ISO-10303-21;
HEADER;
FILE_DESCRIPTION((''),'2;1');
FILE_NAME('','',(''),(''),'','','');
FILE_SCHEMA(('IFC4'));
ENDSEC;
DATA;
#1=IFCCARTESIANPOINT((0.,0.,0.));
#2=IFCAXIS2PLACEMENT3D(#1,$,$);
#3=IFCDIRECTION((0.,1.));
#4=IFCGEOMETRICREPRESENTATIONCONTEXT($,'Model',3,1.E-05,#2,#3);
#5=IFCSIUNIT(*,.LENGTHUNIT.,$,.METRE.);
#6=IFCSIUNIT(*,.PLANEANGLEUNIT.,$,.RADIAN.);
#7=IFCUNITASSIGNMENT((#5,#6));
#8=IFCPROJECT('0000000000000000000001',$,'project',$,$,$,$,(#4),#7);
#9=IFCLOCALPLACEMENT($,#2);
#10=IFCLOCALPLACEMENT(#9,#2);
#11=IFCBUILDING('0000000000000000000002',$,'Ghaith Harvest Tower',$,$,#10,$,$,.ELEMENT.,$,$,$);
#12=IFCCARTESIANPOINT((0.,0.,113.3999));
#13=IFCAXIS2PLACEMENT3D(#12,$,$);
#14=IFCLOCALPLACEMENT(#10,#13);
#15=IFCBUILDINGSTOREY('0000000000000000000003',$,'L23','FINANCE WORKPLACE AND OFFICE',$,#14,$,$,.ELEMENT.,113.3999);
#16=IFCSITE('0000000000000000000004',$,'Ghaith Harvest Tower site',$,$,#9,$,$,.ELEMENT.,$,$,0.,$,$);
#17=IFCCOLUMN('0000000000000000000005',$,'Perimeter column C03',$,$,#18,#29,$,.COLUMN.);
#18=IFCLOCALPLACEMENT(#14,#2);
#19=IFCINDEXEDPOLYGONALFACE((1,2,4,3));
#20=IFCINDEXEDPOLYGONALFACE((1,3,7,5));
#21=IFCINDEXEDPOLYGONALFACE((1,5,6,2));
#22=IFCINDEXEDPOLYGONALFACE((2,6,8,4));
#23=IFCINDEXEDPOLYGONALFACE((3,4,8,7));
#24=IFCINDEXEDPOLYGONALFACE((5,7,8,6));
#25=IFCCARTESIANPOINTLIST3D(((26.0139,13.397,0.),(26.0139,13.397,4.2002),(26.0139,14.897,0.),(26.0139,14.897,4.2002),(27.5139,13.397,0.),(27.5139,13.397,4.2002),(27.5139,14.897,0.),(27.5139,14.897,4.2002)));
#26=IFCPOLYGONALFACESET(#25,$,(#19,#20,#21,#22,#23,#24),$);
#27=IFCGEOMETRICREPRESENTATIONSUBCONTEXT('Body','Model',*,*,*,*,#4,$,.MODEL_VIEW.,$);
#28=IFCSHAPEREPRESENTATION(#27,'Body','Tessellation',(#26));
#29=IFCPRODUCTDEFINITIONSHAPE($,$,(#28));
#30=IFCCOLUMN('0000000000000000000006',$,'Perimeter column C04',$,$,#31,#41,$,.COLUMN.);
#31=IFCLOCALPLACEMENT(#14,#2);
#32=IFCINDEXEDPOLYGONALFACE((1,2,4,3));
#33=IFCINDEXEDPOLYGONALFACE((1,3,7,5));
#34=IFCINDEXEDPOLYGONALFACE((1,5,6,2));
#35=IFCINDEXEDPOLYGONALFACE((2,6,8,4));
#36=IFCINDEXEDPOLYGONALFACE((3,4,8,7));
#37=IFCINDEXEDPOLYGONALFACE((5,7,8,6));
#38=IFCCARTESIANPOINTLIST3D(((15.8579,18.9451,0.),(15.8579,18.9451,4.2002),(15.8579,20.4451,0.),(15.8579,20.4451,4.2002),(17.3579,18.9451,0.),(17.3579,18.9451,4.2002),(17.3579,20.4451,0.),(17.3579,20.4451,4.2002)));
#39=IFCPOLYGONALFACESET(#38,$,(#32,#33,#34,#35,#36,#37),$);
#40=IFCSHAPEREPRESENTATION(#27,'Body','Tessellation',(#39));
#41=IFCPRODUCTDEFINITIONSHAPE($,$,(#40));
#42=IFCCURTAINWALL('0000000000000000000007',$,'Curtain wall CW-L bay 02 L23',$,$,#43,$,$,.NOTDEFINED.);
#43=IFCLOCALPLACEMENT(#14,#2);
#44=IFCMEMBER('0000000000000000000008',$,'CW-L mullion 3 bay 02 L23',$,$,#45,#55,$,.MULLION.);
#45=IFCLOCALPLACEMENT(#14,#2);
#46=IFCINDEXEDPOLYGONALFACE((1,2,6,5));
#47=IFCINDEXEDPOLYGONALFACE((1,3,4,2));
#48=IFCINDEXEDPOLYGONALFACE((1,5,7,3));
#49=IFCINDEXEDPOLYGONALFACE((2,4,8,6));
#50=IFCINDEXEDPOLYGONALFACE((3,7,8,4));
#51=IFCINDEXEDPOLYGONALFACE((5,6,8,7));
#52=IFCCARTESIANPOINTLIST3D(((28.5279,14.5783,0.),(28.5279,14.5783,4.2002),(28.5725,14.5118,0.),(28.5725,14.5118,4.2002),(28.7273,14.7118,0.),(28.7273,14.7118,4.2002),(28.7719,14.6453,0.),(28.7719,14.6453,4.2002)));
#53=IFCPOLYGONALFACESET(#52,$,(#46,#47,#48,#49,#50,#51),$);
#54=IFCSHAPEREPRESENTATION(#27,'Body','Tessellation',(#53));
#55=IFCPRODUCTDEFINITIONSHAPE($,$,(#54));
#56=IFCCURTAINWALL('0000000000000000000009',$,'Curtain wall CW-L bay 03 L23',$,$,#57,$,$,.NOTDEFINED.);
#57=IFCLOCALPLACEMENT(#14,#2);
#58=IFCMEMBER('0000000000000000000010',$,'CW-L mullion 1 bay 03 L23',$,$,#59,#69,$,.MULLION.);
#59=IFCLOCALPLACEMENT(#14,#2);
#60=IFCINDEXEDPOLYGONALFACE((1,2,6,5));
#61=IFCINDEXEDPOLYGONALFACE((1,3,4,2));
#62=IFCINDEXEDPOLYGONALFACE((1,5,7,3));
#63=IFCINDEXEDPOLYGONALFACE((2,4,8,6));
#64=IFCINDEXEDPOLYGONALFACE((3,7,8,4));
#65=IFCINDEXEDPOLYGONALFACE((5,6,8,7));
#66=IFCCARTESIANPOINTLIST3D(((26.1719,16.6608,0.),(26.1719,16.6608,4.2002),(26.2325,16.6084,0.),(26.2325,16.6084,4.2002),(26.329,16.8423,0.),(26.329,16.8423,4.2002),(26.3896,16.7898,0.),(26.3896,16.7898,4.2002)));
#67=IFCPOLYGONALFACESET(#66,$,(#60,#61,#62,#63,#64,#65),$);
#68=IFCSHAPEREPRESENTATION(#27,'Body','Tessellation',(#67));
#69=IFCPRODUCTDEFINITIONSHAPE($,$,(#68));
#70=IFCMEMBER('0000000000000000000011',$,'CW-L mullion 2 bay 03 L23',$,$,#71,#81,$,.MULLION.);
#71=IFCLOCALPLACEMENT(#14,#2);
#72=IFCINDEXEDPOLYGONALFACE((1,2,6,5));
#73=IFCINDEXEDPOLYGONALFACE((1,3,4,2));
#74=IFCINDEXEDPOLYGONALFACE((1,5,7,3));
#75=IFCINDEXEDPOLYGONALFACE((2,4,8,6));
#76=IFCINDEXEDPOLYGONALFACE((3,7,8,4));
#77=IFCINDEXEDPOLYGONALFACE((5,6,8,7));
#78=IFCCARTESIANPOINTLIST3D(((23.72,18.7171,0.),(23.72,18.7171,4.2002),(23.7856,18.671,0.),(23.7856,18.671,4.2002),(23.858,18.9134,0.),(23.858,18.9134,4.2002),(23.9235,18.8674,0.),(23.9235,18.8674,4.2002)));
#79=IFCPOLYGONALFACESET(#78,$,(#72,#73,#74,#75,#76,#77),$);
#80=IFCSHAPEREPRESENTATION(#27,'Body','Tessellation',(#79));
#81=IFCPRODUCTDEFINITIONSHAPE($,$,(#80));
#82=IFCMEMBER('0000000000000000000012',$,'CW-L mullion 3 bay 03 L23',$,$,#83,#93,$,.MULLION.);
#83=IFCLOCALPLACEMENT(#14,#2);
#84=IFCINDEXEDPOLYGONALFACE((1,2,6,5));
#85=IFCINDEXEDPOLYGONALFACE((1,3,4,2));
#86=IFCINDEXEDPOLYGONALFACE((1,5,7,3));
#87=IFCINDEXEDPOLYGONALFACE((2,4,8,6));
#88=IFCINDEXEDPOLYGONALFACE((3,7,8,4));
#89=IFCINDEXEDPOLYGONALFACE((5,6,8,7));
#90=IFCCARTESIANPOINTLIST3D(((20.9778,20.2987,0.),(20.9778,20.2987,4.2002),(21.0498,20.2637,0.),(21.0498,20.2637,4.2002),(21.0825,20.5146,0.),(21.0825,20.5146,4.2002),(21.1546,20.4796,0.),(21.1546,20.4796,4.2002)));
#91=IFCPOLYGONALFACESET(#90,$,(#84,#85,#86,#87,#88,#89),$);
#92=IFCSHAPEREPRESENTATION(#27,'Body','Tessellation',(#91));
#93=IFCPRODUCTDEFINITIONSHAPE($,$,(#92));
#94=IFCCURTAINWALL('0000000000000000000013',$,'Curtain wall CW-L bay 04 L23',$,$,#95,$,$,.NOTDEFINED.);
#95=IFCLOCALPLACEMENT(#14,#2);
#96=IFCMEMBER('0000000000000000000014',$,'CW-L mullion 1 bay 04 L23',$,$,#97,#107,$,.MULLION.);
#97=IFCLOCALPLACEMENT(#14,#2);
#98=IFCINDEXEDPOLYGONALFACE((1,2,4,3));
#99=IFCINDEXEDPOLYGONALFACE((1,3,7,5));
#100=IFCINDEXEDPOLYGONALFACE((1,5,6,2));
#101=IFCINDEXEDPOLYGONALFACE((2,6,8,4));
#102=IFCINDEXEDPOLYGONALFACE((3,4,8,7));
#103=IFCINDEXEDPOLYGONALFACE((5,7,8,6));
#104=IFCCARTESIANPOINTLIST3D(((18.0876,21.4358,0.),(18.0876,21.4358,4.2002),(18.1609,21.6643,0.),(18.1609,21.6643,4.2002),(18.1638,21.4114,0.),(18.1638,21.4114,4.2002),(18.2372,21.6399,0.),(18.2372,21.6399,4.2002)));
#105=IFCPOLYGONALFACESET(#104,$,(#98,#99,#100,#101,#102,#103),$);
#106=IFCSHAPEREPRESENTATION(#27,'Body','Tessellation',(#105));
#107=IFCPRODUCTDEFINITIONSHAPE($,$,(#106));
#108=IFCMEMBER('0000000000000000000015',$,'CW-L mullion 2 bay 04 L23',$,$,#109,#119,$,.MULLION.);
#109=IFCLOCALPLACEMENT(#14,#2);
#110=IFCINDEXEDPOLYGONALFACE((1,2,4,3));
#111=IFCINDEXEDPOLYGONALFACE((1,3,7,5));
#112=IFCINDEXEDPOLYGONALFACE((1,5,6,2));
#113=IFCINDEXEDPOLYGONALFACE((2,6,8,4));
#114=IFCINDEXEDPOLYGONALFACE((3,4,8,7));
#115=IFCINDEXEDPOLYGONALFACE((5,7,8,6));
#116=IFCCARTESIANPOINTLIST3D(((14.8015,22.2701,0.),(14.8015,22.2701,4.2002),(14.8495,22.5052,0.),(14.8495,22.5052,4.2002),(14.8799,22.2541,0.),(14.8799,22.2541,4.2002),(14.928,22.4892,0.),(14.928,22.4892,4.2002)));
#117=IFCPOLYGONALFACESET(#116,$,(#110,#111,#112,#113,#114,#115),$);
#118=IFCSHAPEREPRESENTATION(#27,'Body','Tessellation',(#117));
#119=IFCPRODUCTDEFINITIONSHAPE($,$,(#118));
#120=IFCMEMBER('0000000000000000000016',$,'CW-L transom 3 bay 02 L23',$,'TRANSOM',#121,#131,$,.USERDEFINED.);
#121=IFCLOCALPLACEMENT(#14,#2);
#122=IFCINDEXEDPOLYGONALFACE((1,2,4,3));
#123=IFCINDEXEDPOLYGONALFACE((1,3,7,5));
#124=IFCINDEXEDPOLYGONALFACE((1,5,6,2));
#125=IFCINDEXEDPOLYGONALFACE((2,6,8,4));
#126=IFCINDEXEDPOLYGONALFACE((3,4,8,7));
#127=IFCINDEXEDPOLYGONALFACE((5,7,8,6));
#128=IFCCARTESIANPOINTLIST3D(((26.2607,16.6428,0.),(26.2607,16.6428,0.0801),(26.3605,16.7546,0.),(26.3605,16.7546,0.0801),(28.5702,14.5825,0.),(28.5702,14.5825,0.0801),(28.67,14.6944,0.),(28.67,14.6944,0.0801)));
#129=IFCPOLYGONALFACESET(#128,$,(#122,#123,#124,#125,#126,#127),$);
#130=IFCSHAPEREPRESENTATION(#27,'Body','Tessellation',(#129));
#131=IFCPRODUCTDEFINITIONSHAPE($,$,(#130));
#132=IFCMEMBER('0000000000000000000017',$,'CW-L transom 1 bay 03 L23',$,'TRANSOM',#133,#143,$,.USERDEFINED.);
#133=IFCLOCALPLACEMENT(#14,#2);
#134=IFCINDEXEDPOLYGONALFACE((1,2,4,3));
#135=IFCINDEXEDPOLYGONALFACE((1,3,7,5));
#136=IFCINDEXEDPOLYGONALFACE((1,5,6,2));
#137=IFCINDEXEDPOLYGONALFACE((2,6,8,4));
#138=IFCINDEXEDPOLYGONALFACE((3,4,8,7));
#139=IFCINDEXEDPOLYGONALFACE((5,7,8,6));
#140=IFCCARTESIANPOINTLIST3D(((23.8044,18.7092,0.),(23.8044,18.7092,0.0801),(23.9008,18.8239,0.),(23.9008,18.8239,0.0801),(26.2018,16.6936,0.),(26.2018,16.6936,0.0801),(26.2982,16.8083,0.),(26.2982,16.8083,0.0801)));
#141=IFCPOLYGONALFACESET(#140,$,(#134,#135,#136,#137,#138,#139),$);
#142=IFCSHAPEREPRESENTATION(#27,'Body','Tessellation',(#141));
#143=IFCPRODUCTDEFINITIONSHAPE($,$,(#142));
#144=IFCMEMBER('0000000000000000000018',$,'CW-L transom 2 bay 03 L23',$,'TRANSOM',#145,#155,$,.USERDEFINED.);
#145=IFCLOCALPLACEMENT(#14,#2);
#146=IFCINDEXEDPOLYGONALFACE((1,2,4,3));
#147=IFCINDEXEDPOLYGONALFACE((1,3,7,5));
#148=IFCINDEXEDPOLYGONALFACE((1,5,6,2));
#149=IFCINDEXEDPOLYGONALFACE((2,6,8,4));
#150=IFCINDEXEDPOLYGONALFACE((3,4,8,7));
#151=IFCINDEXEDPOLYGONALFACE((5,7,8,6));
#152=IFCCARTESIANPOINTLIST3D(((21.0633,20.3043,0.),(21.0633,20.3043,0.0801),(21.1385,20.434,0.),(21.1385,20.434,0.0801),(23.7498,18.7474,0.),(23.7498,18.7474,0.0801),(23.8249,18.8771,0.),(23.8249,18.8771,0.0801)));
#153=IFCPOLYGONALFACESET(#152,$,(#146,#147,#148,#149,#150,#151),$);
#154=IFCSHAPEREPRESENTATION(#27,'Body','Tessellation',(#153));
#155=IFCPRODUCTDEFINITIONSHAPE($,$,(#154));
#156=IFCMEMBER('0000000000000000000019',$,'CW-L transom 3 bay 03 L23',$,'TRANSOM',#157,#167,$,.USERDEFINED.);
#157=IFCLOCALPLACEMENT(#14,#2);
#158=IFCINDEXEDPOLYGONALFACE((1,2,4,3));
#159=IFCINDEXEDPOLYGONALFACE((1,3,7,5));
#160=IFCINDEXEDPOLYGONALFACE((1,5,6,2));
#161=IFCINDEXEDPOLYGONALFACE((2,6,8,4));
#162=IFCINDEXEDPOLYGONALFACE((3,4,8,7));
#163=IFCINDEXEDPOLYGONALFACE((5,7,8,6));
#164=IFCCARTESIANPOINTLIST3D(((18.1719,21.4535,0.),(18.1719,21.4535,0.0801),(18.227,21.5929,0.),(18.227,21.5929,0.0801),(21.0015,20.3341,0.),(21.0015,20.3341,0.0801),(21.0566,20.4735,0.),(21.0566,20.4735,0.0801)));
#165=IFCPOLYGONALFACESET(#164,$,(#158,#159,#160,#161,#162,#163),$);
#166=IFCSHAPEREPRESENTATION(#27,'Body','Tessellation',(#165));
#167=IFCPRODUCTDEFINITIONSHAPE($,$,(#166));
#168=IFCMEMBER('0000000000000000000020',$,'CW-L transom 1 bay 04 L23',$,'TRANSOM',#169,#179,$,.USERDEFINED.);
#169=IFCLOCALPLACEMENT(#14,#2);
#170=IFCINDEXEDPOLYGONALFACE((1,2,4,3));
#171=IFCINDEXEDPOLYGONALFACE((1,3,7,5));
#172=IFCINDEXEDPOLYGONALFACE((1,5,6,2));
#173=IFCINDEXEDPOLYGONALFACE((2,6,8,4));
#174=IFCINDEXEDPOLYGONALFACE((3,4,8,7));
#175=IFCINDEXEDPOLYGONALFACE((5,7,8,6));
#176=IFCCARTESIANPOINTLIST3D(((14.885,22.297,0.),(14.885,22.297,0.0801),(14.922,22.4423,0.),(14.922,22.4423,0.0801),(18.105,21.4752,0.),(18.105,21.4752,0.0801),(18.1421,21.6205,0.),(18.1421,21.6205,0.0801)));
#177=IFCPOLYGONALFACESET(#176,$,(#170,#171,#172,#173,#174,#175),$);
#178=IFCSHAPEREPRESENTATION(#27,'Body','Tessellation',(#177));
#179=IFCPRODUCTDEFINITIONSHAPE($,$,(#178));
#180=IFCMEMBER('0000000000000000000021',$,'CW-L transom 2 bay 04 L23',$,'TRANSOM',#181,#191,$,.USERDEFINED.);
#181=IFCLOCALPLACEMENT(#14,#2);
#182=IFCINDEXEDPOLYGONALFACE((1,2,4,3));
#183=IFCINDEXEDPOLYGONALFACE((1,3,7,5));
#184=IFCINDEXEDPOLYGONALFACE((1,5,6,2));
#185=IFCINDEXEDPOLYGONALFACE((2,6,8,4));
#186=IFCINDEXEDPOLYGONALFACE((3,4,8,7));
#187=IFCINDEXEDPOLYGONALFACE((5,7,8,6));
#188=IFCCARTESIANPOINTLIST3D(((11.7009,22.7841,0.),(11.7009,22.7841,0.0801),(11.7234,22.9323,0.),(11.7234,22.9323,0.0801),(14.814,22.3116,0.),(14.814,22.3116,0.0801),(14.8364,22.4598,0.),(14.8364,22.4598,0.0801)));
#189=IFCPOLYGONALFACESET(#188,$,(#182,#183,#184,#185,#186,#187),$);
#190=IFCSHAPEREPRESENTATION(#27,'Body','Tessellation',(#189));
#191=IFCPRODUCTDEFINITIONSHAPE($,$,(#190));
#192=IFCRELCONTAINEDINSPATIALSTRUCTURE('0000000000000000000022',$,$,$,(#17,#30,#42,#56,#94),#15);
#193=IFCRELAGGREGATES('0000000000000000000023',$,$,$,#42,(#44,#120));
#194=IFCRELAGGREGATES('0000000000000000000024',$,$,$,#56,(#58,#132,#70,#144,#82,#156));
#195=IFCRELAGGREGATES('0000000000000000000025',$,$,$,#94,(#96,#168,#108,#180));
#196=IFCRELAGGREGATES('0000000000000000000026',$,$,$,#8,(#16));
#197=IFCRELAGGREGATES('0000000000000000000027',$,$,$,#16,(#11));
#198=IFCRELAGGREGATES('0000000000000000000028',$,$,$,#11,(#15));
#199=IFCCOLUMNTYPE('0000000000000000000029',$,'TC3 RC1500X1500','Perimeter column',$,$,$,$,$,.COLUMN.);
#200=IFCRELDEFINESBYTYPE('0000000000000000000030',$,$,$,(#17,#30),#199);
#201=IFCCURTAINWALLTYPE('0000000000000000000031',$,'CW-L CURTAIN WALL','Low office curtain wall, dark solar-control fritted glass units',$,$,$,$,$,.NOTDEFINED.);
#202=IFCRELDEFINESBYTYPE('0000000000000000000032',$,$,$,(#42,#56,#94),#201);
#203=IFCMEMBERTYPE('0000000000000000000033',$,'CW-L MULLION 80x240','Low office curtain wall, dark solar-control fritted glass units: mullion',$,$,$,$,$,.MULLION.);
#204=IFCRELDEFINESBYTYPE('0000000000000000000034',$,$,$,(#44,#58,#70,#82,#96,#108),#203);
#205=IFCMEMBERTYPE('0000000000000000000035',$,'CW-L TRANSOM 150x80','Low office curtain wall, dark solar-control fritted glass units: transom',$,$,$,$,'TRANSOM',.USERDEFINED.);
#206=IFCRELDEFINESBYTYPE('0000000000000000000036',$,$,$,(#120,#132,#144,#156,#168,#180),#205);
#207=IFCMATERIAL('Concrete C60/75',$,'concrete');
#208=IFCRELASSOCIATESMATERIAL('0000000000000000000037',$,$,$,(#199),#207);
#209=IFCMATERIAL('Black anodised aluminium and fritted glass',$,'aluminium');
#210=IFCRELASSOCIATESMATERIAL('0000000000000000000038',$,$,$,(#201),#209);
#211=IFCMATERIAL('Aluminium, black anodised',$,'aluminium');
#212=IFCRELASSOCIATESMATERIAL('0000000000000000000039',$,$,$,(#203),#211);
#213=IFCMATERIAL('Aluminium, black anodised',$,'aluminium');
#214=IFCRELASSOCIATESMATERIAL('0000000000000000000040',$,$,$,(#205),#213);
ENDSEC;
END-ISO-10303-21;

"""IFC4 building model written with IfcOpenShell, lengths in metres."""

from ifc_helpers import new_model, si_unit, direction, frame, origin, origin_2d, place, context, subcontext, project, spatial, rectangle, extrude, material, material_profile, profile_set, type_object, element, aggregate, save


model = new_model("IFC4")

# Units and contexts
model_context = context("Model", 3, precision=1e-05, world=origin(), true_north=direction((0.0, 1.0)))
body_context = subcontext(model_context, "Body", "Model", "MODEL_VIEW")
ifc_project = project(units=[si_unit("LENGTHUNIT", "METRE"), si_unit("PLANEANGLEUNIT", "RADIAN")], contexts=[model_context])

# Site, building, storey
site_placement = place(None, origin())
site = spatial("IfcSite", under=ifc_project, at=site_placement, Name="Ghaith Harvest Tower site", CompositionType="ELEMENT", RefElevation=0.0)
building_placement = place(site_placement, origin())
building = spatial("IfcBuilding", under=site, at=building_placement, Name="Ghaith Harvest Tower", CompositionType="ELEMENT")
storey_placement = place(building_placement, frame((0.0, 0.0, 113.3999)))
storey = spatial("IfcBuildingStorey", under=building, at=storey_placement, Name="L23", Description="FINANCE WORKPLACE AND OFFICE", CompositionType="ELEMENT", Elevation=113.3999)

# Columns
ifc_material_1 = material(Name="Concrete C60/75", Category="concrete")
ifc_material_profile_1 = material_profile(ifc_material_1, rectangle(XDim=1.5, YDim=1.5, at=origin_2d()), Name="RC1500X1500")
ifc_profile_set_1 = profile_set([ifc_material_profile_1], Name="Concrete C60/75")
column_type = type_object("IfcColumnType", Name="TC3 RC1500X1500", Description="Perimeter column", PredefinedType="COLUMN", material=ifc_profile_set_1)
for number, where, z_axis, x_axis, name in (
    (1, (26.7639, 14.147, 0.0), (0.0, 0.0, 1.0), (1.0, 0.0, 0.0), "Perimeter column C03"),
    (2, (16.6079, 19.6951, 0.0), (0.0, 0.0, 1.0), (1.0, 0.0, 0.0), "Perimeter column C04"),
):
    element("IfcColumn", number, at=place(storey_placement, frame(where, z_axis=z_axis, x_axis=x_axis)), inside=storey, type_object=column_type, Name=name, PredefinedType="COLUMN", context=body_context, shape_type="SweptSolid", body=[
        extrude(rectangle(XDim=1.5, YDim=1.5, at=origin_2d()), origin(), (0.0, 0.0, 1.0), 4.2002),
    ])

# Curtain wall, member
ifc_material_2 = material(Name="Black anodised aluminium and fritted glass", Category="aluminium")
curtain_wall_type = type_object("IfcCurtainWallType", Name="CW-L CURTAIN WALL", Description="Low office curtain wall, dark solar-control fritted glass units", PredefinedType="NOTDEFINED", material=ifc_material_2)
curtain_wall_1_placement = place(storey_placement, origin())
curtain_wall_1 = element("IfcCurtainWall", 3, at=curtain_wall_1_placement, inside=storey, type_object=curtain_wall_type, Name="Curtain wall CW-L bay 02 L23", PredefinedType="NOTDEFINED")
ifc_material_3 = material(Name="Aluminium, black anodised", Category="aluminium")
ifc_material_profile_2 = material_profile(ifc_material_3, rectangle(XDim=0.0801, YDim=0.24, at=origin_2d()), Name="CW-L MULLION 80x240")
ifc_profile_set_2 = profile_set([ifc_material_profile_2], Name="Aluminium, black anodised")
member_type_1 = type_object("IfcMemberType", Name="CW-L MULLION 80x240", Description="Low office curtain wall, dark solar-control fritted glass units: mullion", PredefinedType="MULLION", material=ifc_profile_set_2)
member_1_placement = place(storey_placement, frame((28.6499, 14.6118, 0.0), z_axis=(0.0, 0.0, 1.0), x_axis=(-0.556324, 0.830965, 0.0)))
member_1 = element("IfcMember", 4, at=member_1_placement, type_object=member_type_1, Name="CW-L mullion 3 bay 02 L23", PredefinedType="MULLION", context=body_context, shape_type="SweptSolid", body=[
    extrude(rectangle(XDim=0.0801, YDim=0.24, at=origin_2d()), origin(), (0.0, 0.0, 1.0), 4.2002),
])

# Curtain walls, members
curtain_wall_2_placement = place(storey_placement, origin())
curtain_wall_2 = element("IfcCurtainWall", 5, at=curtain_wall_2_placement, inside=storey, type_object=curtain_wall_type, Name="Curtain wall CW-L bay 03 L23", PredefinedType="NOTDEFINED")
member_2_placement = place(storey_placement, frame((26.2808, 16.7253, 0.0), z_axis=(0.0, 0.0, 1.0), x_axis=(-0.755999, 0.654572, 0.0)))
member_2 = element("IfcMember", 6, at=member_2_placement, type_object=member_type_1, Name="CW-L mullion 1 bay 03 L23", PredefinedType="MULLION", context=body_context, shape_type="SweptSolid", body=[
    extrude(rectangle(XDim=0.0801, YDim=0.24, at=origin_2d()), origin(), (0.0, 0.0, 1.0), 4.2002),
])
member_3_placement = place(storey_placement, frame((23.8218, 18.7922, 0.0), z_axis=(0.0, 0.0, 1.0), x_axis=(-0.818229, 0.574893, 0.0)))
member_3 = element("IfcMember", 7, at=member_3_placement, type_object=member_type_1, Name="CW-L mullion 2 bay 03 L23", PredefinedType="MULLION", context=body_context, shape_type="SweptSolid", body=[
    extrude(rectangle(XDim=0.0801, YDim=0.24, at=origin_2d()), origin(), (0.0, 0.0, 1.0), 4.2002),
])
member_4_placement = place(storey_placement, frame((21.0662, 20.3892, 0.0), z_axis=(0.0, 0.0, 1.0), x_axis=(-0.899713, 0.436481, 0.0)))
member_4 = element("IfcMember", 8, at=member_4_placement, type_object=member_type_1, Name="CW-L mullion 3 bay 03 L23", PredefinedType="MULLION", context=body_context, shape_type="SweptSolid", body=[
    extrude(rectangle(XDim=0.0801, YDim=0.24, at=origin_2d()), origin(), (0.0, 0.0, 1.0), 4.2002),
])
curtain_wall_3_placement = place(storey_placement, origin())
curtain_wall_3 = element("IfcCurtainWall", 9, at=curtain_wall_3_placement, inside=storey, type_object=curtain_wall_type, Name="Curtain wall CW-L bay 04 L23", PredefinedType="NOTDEFINED")
member_5_placement = place(storey_placement, frame((18.1624, 21.5378, 0.0), z_axis=(0.0, 0.0, 1.0), x_axis=(-0.952152, 0.305624, 0.0)))
member_5 = element("IfcMember", 10, at=member_5_placement, type_object=member_type_1, Name="CW-L mullion 1 bay 04 L23", PredefinedType="MULLION", context=body_context, shape_type="SweptSolid", body=[
    extrude(rectangle(XDim=0.0801, YDim=0.24, at=origin_2d()), origin(), (0.0, 0.0, 1.0), 4.2002),
])
member_6_placement = place(storey_placement, frame((14.8647, 22.3796, 0.0), z_axis=(0.0, 0.0, 1.0), x_axis=(-0.979752, 0.200215, 0.0)))
member_6 = element("IfcMember", 11, at=member_6_placement, type_object=member_type_1, Name="CW-L mullion 2 bay 04 L23", PredefinedType="MULLION", context=body_context, shape_type="SweptSolid", body=[
    extrude(rectangle(XDim=0.0801, YDim=0.24, at=origin_2d()), origin(), (0.0, 0.0, 1.0), 4.2002),
])

# Members
ifc_material_4 = material(Name="Aluminium, black anodised", Category="aluminium")
ifc_material_profile_3 = material_profile(ifc_material_4, rectangle(XDim=0.1499, YDim=0.0801, at=origin_2d()), Name="CW-L TRANSOM 150x80")
ifc_profile_set_3 = profile_set([ifc_material_profile_3], Name="Aluminium, black anodised")
member_type_2 = type_object("IfcMemberType", Name="CW-L TRANSOM 150x80", Description="Low office curtain wall, dark solar-control fritted glass units: transom", ElementType="TRANSOM", PredefinedType="USERDEFINED", material=ifc_profile_set_3)
member_7_placement = place(storey_placement, frame((28.6201, 14.6384, 0.04), z_axis=(-0.746229, 0.66569, 0.0), x_axis=(-0.66569, -0.746229, 0.0)))
member_7 = element("IfcMember", 12, at=member_7_placement, type_object=member_type_2, Name="CW-L transom 3 bay 02 L23", ObjectType="TRANSOM", PredefinedType="USERDEFINED", context=body_context, shape_type="SweptSolid", body=[
    extrude(rectangle(XDim=0.1499, YDim=0.0801, at=origin_2d()), origin(), (0.0, 0.0, 1.0), 3.095),
])
member_8_placement = place(storey_placement, frame((26.25, 16.751, 0.04), z_axis=(-0.765428, 0.643521, 0.0), x_axis=(-0.643521, -0.765428, 0.0)))
member_8 = element("IfcMember", 13, at=member_8_placement, type_object=member_type_2, Name="CW-L transom 1 bay 03 L23", ObjectType="TRANSOM", PredefinedType="USERDEFINED", context=body_context, shape_type="SweptSolid", body=[
    extrude(rectangle(XDim=0.1499, YDim=0.0801, at=origin_2d()), origin(), (0.0, 0.0, 1.0), 3.1321),
])
member_9_placement = place(storey_placement, frame((23.7874, 18.8123, 0.04), z_axis=(-0.865213, 0.501405, 0.0), x_axis=(-0.501405, -0.865213, 0.0)))
member_9 = element("IfcMember", 14, at=member_9_placement, type_object=member_type_2, Name="CW-L transom 2 bay 03 L23", ObjectType="TRANSOM", PredefinedType="USERDEFINED", context=body_context, shape_type="SweptSolid", body=[
    extrude(rectangle(XDim=0.1499, YDim=0.0801, at=origin_2d()), origin(), (0.0, 0.0, 1.0), 3.105),
])
member_10_placement = place(storey_placement, frame((21.0291, 20.4038, 0.04), z_axis=(-0.929881, 0.367861, 0.0), x_axis=(-0.367861, -0.929881, 0.0)))
member_10 = element("IfcMember", 15, at=member_10_placement, type_object=member_type_2, Name="CW-L transom 3 bay 03 L23", ObjectType="TRANSOM", PredefinedType="USERDEFINED", context=body_context, shape_type="SweptSolid", body=[
    extrude(rectangle(XDim=0.1499, YDim=0.0801, at=origin_2d()), origin(), (0.0, 0.0, 1.0), 3.043),
])
member_11_placement = place(storey_placement, frame((18.1235, 21.5479, 0.04), z_axis=(-0.968942, 0.247286, 0.0), x_axis=(-0.247286, -0.968942, 0.0)))
member_11 = element("IfcMember", 16, at=member_11_placement, type_object=member_type_2, Name="CW-L transom 1 bay 04 L23", ObjectType="TRANSOM", PredefinedType="USERDEFINED", context=body_context, shape_type="SweptSolid", body=[
    extrude(rectangle(XDim=0.1499, YDim=0.0801, at=origin_2d()), origin(), (0.0, 0.0, 1.0), 3.3232),
])
member_12_placement = place(storey_placement, frame((14.8252, 22.3857, 0.04), z_axis=(-0.988681, 0.150035, 0.0), x_axis=(-0.150035, -0.988681, 0.0)))
member_12 = element("IfcMember", 17, at=member_12_placement, type_object=member_type_2, Name="CW-L transom 2 bay 04 L23", ObjectType="TRANSOM", PredefinedType="USERDEFINED", context=body_context, shape_type="SweptSolid", body=[
    extrude(rectangle(XDim=0.1499, YDim=0.0801, at=origin_2d()), origin(), (0.0, 0.0, 1.0), 3.1487),
])

aggregate(curtain_wall_1, [member_1, member_7])
aggregate(curtain_wall_2, [member_2, member_8, member_3, member_9, member_4, member_10])
aggregate(curtain_wall_3, [member_5, member_11, member_6, member_12])

save(model, "model.ifc")
